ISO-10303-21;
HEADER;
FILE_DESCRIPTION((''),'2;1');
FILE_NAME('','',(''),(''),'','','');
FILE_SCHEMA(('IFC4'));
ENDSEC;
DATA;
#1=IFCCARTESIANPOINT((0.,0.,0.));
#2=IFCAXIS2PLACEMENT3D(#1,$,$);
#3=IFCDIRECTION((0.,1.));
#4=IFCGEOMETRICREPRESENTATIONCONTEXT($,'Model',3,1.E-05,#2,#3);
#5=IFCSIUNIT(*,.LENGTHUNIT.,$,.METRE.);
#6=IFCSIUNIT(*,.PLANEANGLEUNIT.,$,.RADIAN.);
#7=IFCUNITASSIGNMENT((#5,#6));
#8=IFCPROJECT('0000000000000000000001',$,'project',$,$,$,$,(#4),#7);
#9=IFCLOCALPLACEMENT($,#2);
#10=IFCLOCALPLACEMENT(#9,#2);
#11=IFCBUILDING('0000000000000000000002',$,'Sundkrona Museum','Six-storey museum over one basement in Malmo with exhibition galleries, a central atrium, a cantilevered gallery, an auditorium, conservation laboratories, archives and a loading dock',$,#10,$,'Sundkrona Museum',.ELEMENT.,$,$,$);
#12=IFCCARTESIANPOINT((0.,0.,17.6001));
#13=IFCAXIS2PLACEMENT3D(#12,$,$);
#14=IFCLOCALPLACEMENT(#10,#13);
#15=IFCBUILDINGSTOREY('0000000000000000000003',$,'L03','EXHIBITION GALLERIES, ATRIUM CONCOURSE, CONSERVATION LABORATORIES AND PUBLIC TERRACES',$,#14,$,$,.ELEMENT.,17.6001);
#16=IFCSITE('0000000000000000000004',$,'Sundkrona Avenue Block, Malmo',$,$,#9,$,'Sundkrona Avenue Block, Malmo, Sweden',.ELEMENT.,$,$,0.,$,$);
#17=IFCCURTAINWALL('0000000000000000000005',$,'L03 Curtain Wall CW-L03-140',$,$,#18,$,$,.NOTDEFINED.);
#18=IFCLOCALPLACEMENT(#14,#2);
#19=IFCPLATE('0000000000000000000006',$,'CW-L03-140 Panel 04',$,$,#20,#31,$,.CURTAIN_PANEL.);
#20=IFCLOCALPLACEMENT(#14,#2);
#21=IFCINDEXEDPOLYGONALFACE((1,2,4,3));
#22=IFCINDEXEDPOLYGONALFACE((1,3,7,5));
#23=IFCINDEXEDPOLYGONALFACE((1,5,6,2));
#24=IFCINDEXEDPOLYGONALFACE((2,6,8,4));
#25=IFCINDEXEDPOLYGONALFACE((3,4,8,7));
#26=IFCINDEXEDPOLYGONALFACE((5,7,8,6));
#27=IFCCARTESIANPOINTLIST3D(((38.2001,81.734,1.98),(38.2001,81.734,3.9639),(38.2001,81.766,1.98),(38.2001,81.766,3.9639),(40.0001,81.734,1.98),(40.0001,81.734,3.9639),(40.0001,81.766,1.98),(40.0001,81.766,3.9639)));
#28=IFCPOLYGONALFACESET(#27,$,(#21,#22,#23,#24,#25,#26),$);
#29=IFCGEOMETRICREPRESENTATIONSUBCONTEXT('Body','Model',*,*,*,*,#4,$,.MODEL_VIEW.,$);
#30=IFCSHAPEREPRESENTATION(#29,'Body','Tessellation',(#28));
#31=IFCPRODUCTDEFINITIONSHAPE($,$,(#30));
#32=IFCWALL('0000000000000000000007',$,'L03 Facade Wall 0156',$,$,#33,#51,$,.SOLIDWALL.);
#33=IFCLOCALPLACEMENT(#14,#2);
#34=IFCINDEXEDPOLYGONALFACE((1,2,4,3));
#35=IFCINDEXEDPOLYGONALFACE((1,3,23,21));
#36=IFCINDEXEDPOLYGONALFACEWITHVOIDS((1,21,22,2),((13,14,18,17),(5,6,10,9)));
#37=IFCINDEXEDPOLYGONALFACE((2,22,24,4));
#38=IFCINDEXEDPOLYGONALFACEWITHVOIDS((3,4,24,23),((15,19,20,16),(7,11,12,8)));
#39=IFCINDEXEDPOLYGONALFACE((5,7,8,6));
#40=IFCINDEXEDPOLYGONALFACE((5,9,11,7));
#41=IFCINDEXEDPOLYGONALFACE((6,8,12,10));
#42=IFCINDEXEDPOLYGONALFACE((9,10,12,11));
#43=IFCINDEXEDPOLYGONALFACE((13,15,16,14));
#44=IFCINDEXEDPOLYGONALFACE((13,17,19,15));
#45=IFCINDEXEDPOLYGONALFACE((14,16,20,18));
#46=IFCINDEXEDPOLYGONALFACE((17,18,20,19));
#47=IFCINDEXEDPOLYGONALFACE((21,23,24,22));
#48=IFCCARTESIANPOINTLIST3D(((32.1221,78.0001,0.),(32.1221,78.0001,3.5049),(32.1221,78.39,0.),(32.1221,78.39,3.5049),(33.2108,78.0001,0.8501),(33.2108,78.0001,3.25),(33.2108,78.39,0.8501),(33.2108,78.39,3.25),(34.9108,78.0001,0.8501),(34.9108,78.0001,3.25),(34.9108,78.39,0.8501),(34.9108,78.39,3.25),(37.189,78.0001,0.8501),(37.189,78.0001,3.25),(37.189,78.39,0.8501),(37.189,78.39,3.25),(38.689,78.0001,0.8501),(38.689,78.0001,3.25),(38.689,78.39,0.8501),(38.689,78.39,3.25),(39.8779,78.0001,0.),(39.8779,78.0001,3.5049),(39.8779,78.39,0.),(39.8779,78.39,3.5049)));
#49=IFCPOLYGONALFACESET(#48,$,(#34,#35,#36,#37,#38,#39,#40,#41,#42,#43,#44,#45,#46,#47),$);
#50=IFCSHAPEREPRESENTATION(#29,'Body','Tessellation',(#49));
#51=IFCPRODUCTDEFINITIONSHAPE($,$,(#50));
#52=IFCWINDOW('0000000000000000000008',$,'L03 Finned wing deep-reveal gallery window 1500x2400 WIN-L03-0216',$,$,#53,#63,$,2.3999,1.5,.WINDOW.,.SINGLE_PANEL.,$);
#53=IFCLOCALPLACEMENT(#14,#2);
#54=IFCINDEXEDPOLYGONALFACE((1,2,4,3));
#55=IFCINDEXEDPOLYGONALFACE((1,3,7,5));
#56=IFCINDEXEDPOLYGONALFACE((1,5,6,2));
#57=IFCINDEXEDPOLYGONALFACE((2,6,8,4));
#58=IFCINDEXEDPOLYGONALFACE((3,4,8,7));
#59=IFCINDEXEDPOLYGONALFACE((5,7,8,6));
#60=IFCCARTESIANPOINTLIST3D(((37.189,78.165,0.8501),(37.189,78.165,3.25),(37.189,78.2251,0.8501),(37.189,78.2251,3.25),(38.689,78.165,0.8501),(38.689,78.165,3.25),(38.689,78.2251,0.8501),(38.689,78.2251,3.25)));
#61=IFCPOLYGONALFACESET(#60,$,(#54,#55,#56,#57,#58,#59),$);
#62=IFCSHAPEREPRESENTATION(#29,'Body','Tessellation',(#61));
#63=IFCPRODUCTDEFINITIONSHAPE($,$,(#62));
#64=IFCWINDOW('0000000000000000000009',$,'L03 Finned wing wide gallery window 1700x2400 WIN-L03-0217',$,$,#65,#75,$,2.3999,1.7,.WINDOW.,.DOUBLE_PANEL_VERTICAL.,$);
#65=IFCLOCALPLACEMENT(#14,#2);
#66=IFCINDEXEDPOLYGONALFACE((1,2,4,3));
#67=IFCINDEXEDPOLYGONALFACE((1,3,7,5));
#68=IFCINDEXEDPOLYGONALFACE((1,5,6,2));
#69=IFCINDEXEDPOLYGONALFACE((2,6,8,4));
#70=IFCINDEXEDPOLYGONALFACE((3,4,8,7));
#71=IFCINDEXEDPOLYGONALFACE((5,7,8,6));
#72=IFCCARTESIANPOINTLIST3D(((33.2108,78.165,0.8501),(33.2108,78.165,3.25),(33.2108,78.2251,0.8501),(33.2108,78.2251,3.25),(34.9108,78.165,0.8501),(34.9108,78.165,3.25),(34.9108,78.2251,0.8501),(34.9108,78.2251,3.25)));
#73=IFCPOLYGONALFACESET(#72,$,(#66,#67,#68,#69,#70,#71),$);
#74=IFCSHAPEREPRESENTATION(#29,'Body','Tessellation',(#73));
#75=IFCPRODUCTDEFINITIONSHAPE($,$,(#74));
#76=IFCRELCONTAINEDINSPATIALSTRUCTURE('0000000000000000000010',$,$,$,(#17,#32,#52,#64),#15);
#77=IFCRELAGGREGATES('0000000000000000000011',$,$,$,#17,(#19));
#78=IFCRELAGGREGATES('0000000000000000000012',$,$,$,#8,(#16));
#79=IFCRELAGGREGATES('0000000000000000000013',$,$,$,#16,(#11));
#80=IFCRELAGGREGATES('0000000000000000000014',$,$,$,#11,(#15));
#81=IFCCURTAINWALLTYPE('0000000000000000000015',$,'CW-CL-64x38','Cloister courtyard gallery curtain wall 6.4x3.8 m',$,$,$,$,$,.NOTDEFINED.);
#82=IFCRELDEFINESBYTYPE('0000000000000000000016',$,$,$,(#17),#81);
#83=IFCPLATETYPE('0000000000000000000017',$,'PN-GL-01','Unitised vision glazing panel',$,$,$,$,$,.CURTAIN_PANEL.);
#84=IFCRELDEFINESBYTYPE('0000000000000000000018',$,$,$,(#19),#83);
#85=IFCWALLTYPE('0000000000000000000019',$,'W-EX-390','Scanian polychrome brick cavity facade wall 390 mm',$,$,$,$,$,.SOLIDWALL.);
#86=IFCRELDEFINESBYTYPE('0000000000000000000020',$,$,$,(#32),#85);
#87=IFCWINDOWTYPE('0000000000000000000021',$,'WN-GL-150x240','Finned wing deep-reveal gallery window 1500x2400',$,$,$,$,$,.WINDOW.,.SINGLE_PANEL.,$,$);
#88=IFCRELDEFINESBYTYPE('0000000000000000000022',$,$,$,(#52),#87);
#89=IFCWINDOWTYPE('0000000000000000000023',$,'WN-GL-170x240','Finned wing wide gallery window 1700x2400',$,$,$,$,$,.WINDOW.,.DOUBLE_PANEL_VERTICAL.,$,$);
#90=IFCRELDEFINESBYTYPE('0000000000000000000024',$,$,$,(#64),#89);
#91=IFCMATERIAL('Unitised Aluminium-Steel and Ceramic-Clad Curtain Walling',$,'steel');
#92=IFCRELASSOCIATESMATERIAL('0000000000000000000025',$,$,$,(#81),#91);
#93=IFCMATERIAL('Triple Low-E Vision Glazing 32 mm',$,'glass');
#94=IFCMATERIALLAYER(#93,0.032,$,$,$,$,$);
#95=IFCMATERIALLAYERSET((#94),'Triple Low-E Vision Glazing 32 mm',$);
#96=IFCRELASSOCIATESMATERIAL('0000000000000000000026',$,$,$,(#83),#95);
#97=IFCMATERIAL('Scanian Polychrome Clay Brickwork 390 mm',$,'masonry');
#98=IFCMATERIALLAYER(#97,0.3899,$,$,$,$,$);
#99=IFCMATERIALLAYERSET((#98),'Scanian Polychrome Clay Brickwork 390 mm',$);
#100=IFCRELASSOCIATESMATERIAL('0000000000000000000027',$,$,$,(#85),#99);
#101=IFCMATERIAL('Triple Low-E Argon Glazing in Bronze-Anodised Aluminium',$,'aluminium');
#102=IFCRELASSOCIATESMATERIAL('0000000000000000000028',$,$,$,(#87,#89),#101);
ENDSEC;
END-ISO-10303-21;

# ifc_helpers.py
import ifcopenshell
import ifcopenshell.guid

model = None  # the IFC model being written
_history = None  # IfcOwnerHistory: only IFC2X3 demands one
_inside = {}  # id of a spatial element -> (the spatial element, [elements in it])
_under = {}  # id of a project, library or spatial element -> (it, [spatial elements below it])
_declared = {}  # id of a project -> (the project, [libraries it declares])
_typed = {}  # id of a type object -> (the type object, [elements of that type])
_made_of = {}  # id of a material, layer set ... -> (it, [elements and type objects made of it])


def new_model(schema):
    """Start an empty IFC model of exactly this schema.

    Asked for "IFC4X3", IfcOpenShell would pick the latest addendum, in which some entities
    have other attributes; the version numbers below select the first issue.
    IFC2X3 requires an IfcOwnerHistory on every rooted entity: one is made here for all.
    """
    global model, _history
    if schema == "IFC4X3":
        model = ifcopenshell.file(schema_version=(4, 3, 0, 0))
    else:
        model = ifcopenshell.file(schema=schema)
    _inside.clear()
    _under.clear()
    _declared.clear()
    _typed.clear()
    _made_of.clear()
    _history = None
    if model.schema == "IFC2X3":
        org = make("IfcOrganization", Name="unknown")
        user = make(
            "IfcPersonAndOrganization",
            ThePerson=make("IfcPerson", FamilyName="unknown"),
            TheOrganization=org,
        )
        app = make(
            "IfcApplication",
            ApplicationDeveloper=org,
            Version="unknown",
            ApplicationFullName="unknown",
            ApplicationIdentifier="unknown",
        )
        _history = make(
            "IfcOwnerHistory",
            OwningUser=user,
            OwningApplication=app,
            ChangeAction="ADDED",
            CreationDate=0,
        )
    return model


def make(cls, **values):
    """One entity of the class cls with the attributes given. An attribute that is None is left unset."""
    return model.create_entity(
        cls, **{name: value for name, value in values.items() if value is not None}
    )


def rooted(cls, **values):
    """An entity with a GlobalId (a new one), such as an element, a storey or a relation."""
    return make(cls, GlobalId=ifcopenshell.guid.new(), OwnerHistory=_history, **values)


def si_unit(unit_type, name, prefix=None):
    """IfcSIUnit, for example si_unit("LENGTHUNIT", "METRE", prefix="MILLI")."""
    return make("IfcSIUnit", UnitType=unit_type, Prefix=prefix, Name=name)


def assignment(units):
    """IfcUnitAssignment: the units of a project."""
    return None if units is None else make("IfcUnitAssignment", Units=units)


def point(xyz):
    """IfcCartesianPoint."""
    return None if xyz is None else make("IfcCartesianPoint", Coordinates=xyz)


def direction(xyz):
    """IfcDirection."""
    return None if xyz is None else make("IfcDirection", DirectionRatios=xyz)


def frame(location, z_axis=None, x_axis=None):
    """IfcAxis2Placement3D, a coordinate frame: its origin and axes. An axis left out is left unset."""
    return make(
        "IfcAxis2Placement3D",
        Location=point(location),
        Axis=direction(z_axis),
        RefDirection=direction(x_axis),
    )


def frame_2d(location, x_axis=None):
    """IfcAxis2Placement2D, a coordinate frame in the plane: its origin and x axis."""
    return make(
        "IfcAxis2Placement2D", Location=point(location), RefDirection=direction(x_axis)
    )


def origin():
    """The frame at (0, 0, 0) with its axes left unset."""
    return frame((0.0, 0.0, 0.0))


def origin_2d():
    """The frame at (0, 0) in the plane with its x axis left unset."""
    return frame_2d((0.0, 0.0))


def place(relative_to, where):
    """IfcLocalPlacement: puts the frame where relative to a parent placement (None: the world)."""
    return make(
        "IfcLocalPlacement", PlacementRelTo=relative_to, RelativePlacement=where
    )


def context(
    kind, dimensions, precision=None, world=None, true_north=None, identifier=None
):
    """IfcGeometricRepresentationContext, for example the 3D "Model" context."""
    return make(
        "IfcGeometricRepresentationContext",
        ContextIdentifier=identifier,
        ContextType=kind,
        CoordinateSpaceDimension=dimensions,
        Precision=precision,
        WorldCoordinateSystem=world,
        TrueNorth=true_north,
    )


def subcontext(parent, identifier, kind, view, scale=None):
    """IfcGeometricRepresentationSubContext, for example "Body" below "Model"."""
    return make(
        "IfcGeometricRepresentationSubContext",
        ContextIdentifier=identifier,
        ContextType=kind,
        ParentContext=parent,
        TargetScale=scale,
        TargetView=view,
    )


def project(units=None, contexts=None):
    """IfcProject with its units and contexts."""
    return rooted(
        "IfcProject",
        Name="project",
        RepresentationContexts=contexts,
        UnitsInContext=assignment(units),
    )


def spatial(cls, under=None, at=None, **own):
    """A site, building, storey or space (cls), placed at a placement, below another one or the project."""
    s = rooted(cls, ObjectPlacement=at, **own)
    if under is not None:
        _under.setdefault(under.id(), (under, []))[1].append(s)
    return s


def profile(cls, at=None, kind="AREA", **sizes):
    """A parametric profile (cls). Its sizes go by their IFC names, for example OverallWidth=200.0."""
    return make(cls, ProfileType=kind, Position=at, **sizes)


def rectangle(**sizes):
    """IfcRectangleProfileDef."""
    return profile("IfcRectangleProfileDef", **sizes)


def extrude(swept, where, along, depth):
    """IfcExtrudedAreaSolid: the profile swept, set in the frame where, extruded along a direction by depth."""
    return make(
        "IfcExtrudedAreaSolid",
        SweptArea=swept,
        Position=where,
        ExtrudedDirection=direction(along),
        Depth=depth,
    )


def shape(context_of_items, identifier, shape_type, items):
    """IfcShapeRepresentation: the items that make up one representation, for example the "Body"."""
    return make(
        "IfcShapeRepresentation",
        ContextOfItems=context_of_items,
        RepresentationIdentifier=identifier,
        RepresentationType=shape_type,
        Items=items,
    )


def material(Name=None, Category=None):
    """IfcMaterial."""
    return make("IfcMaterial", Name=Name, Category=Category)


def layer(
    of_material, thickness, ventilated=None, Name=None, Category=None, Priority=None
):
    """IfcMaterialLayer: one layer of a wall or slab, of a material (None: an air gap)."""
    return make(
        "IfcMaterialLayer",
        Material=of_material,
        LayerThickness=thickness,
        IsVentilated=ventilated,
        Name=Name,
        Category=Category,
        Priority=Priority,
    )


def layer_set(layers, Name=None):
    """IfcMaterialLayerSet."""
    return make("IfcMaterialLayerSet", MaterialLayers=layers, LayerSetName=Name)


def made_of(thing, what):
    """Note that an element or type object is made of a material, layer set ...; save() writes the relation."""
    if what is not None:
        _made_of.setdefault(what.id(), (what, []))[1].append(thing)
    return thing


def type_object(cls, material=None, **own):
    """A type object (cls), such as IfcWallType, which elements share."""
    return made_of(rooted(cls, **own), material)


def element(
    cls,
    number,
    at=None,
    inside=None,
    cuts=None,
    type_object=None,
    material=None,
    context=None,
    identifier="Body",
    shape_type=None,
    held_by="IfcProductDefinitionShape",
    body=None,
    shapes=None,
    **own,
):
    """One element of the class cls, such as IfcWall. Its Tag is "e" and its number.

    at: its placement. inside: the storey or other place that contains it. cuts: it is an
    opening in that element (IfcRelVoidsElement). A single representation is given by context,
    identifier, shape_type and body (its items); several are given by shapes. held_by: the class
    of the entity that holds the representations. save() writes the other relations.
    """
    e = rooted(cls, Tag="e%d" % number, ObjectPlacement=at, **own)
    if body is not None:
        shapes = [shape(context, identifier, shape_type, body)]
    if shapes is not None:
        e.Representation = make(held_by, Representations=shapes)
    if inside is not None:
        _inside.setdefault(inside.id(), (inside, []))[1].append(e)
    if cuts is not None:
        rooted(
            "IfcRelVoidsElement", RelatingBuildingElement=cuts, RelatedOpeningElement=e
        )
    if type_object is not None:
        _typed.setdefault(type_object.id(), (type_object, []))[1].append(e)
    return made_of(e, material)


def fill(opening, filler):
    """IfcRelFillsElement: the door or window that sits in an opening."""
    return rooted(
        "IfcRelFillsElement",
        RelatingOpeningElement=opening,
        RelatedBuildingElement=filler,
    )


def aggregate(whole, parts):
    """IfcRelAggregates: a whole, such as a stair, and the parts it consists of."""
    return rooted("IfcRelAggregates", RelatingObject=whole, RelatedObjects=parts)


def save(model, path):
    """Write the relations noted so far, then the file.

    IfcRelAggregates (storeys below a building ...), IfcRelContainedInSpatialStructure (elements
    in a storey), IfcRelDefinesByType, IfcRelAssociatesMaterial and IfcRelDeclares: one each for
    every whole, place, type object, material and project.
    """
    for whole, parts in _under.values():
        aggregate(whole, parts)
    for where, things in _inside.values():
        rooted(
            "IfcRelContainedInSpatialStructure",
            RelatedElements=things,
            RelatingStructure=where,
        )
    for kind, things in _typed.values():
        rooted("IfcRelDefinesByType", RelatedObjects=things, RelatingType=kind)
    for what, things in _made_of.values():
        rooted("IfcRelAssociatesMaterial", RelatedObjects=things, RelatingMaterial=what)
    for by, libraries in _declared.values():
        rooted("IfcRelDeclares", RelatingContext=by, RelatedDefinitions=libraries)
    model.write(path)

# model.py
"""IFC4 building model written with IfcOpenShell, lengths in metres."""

from ifc_helpers import new_model, si_unit, direction, frame, frame_2d, origin, origin_2d, place, context, subcontext, project, spatial, rectangle, extrude, material, layer, layer_set, type_object, element, fill, aggregate, save


model = new_model("IFC4")

# Units and contexts
model_context = context("Model", 3, precision=1e-05, world=origin(), true_north=direction((0.0, 1.0)))
body_context = subcontext(model_context, "Body", "Model", "MODEL_VIEW")
ifc_project = project(units=[si_unit("LENGTHUNIT", "METRE"), si_unit("PLANEANGLEUNIT", "RADIAN")], contexts=[model_context])

# Site, building, storey
site_placement = place(None, origin())
site = spatial("IfcSite", under=ifc_project, at=site_placement, Name="Sundkrona Avenue Block, Malmo", LongName="Sundkrona Avenue Block, Malmo, Sweden", CompositionType="ELEMENT", RefElevation=0.0)
building_placement = place(site_placement, origin())
building = spatial("IfcBuilding", under=site, at=building_placement, Name="Sundkrona Museum", Description="Six-storey museum over one basement in Malmo with exhibition galleries, a central atrium, a cantilevered gallery, an auditorium, conservation laboratories, archives and a loading dock", LongName="Sundkrona Museum", CompositionType="ELEMENT")
storey_placement = place(building_placement, frame((0.0, 0.0, 17.6001)))
storey = spatial("IfcBuildingStorey", under=building, at=storey_placement, Name="L03", Description="EXHIBITION GALLERIES, ATRIUM CONCOURSE, CONSERVATION LABORATORIES AND PUBLIC TERRACES", CompositionType="ELEMENT", Elevation=17.6001)

# Curtain wall
ifc_material_1 = material(Name="Unitised Aluminium-Steel and Ceramic-Clad Curtain Walling", Category="steel")
curtain_wall_type = type_object("IfcCurtainWallType", Name="CW-CL-64x38", Description="Cloister courtyard gallery curtain wall 6.4x3.8 m", PredefinedType="NOTDEFINED", material=ifc_material_1)
curtain_wall_placement = place(storey_placement, origin())
curtain_wall = element("IfcCurtainWall", 1, at=curtain_wall_placement, inside=storey, type_object=curtain_wall_type, Name="L03 Curtain Wall CW-L03-140", PredefinedType="NOTDEFINED")

# Plate
ifc_material_2 = material(Name="Triple Low-E Vision Glazing 32 mm", Category="glass")
ifc_layer_1 = layer(ifc_material_2, 0.032)
ifc_layer_set_1 = layer_set([ifc_layer_1], Name="Triple Low-E Vision Glazing 32 mm")
plate_type = type_object("IfcPlateType", Name="PN-GL-01", Description="Unitised vision glazing panel", PredefinedType="CURTAIN_PANEL", material=ifc_layer_set_1)
plate_1_placement = place(storey_placement, frame((39.1001, 81.75, 1.98), z_axis=(0.0, 0.0, 1.0), x_axis=(1.0, 0.0, 0.0)))
plate_1 = element("IfcPlate", 2, at=plate_1_placement, type_object=plate_type, Name="CW-L03-140 Panel 04", PredefinedType="CURTAIN_PANEL", context=body_context, shape_type="SweptSolid", body=[
    extrude(rectangle(XDim=1.8, YDim=0.032, at=origin_2d()), origin(), (0.0, 0.0, 1.0), 1.9839),
])
aggregate(curtain_wall, [plate_1])

# Wall, openings, windows
ifc_material_3 = material(Name="Scanian Polychrome Clay Brickwork 390 mm", Category="masonry")
ifc_layer_2 = layer(ifc_material_3, 0.3899)
ifc_layer_set_2 = layer_set([ifc_layer_2], Name="Scanian Polychrome Clay Brickwork 390 mm")
wall_type = type_object("IfcWallType", Name="W-EX-390", Description="Scanian polychrome brick cavity facade wall 390 mm", PredefinedType="SOLIDWALL", material=ifc_layer_set_2)
wall_placement = place(storey_placement, frame((39.8779, 78.1951, 0.0), z_axis=(0.0, 0.0, 1.0), x_axis=(-1.0, 0.0, 0.0)))
wall = element("IfcWall", 3, at=wall_placement, inside=storey, type_object=wall_type, Name="L03 Facade Wall 0156", PredefinedType="SOLIDWALL", context=body_context, shape_type="SweptSolid", body=[
    extrude(rectangle(XDim=7.7559, YDim=0.3899, at=frame_2d((3.8779, 0.0))), origin(), (0.0, 0.0, 1.0), 3.5049),
])
opening_1_placement = place(wall_placement, frame((1.189, 0.0, 0.8501)))
opening_1 = element("IfcOpeningElement", 4, at=opening_1_placement, cuts=wall, PredefinedType="OPENING", context=body_context, shape_type="SweptSolid", body=[
    extrude(rectangle(XDim=1.5, YDim=2.3999, at=frame_2d((0.75, 1.2))), frame((0.0, 0.2048, 0.0), z_axis=(0.0, -1.0, 0.0), x_axis=(1.0, 0.0, 0.0)), (0.0, 0.0, 1.0), 0.4099),
])
opening_2_placement = place(wall_placement, frame((4.967, 0.0, 0.8501)))
opening_2 = element("IfcOpeningElement", 5, at=opening_2_placement, cuts=wall, PredefinedType="OPENING", context=body_context, shape_type="SweptSolid", body=[
    extrude(rectangle(XDim=1.7, YDim=2.3999, at=frame_2d((0.8501, 1.2))), frame((0.0, 0.2048, 0.0), z_axis=(0.0, -1.0, 0.0), x_axis=(1.0, 0.0, 0.0)), (0.0, 0.0, 1.0), 0.4099),
])
ifc_material_4 = material(Name="Triple Low-E Argon Glazing in Bronze-Anodised Aluminium", Category="aluminium")
window_type_1 = type_object("IfcWindowType", Name="WN-GL-150x240", Description="Finned wing deep-reveal gallery window 1500x2400", PartitioningType="SINGLE_PANEL", PredefinedType="WINDOW", material=ifc_material_4)
window_1_placement = place(opening_1_placement, origin())
window_1 = element("IfcWindow", 6, at=window_1_placement, inside=storey, type_object=window_type_1, Name="L03 Finned wing deep-reveal gallery window 1500x2400 WIN-L03-0216", OverallHeight=2.3999, OverallWidth=1.5, PartitioningType="SINGLE_PANEL", PredefinedType="WINDOW", context=body_context, shape_type="SweptSolid", body=[
    extrude(rectangle(XDim=1.5, YDim=2.3999, at=frame_2d((0.75, 1.2))), frame((0.0, 0.03, 0.0), z_axis=(0.0, -1.0, 0.0), x_axis=(1.0, 0.0, 0.0)), (0.0, 0.0, 1.0), 0.0601),
])
fill(opening_1, window_1)
window_type_2 = type_object("IfcWindowType", Name="WN-GL-170x240", Description="Finned wing wide gallery window 1700x2400", PartitioningType="DOUBLE_PANEL_VERTICAL", PredefinedType="WINDOW", material=ifc_material_4)
window_2_placement = place(opening_2_placement, origin())
window_2 = element("IfcWindow", 7, at=window_2_placement, inside=storey, type_object=window_type_2, Name="L03 Finned wing wide gallery window 1700x2400 WIN-L03-0217", OverallHeight=2.3999, OverallWidth=1.7, PartitioningType="DOUBLE_PANEL_VERTICAL", PredefinedType="WINDOW", context=body_context, shape_type="SweptSolid", body=[
    extrude(rectangle(XDim=1.7, YDim=2.3999, at=frame_2d((0.8501, 1.2))), frame((0.0, 0.03, 0.0), z_axis=(0.0, -1.0, 0.0), x_axis=(1.0, 0.0, 0.0)), (0.0, 0.0, 1.0), 0.0601),
])
fill(opening_2, window_2)

save(model, "model.ifc")
